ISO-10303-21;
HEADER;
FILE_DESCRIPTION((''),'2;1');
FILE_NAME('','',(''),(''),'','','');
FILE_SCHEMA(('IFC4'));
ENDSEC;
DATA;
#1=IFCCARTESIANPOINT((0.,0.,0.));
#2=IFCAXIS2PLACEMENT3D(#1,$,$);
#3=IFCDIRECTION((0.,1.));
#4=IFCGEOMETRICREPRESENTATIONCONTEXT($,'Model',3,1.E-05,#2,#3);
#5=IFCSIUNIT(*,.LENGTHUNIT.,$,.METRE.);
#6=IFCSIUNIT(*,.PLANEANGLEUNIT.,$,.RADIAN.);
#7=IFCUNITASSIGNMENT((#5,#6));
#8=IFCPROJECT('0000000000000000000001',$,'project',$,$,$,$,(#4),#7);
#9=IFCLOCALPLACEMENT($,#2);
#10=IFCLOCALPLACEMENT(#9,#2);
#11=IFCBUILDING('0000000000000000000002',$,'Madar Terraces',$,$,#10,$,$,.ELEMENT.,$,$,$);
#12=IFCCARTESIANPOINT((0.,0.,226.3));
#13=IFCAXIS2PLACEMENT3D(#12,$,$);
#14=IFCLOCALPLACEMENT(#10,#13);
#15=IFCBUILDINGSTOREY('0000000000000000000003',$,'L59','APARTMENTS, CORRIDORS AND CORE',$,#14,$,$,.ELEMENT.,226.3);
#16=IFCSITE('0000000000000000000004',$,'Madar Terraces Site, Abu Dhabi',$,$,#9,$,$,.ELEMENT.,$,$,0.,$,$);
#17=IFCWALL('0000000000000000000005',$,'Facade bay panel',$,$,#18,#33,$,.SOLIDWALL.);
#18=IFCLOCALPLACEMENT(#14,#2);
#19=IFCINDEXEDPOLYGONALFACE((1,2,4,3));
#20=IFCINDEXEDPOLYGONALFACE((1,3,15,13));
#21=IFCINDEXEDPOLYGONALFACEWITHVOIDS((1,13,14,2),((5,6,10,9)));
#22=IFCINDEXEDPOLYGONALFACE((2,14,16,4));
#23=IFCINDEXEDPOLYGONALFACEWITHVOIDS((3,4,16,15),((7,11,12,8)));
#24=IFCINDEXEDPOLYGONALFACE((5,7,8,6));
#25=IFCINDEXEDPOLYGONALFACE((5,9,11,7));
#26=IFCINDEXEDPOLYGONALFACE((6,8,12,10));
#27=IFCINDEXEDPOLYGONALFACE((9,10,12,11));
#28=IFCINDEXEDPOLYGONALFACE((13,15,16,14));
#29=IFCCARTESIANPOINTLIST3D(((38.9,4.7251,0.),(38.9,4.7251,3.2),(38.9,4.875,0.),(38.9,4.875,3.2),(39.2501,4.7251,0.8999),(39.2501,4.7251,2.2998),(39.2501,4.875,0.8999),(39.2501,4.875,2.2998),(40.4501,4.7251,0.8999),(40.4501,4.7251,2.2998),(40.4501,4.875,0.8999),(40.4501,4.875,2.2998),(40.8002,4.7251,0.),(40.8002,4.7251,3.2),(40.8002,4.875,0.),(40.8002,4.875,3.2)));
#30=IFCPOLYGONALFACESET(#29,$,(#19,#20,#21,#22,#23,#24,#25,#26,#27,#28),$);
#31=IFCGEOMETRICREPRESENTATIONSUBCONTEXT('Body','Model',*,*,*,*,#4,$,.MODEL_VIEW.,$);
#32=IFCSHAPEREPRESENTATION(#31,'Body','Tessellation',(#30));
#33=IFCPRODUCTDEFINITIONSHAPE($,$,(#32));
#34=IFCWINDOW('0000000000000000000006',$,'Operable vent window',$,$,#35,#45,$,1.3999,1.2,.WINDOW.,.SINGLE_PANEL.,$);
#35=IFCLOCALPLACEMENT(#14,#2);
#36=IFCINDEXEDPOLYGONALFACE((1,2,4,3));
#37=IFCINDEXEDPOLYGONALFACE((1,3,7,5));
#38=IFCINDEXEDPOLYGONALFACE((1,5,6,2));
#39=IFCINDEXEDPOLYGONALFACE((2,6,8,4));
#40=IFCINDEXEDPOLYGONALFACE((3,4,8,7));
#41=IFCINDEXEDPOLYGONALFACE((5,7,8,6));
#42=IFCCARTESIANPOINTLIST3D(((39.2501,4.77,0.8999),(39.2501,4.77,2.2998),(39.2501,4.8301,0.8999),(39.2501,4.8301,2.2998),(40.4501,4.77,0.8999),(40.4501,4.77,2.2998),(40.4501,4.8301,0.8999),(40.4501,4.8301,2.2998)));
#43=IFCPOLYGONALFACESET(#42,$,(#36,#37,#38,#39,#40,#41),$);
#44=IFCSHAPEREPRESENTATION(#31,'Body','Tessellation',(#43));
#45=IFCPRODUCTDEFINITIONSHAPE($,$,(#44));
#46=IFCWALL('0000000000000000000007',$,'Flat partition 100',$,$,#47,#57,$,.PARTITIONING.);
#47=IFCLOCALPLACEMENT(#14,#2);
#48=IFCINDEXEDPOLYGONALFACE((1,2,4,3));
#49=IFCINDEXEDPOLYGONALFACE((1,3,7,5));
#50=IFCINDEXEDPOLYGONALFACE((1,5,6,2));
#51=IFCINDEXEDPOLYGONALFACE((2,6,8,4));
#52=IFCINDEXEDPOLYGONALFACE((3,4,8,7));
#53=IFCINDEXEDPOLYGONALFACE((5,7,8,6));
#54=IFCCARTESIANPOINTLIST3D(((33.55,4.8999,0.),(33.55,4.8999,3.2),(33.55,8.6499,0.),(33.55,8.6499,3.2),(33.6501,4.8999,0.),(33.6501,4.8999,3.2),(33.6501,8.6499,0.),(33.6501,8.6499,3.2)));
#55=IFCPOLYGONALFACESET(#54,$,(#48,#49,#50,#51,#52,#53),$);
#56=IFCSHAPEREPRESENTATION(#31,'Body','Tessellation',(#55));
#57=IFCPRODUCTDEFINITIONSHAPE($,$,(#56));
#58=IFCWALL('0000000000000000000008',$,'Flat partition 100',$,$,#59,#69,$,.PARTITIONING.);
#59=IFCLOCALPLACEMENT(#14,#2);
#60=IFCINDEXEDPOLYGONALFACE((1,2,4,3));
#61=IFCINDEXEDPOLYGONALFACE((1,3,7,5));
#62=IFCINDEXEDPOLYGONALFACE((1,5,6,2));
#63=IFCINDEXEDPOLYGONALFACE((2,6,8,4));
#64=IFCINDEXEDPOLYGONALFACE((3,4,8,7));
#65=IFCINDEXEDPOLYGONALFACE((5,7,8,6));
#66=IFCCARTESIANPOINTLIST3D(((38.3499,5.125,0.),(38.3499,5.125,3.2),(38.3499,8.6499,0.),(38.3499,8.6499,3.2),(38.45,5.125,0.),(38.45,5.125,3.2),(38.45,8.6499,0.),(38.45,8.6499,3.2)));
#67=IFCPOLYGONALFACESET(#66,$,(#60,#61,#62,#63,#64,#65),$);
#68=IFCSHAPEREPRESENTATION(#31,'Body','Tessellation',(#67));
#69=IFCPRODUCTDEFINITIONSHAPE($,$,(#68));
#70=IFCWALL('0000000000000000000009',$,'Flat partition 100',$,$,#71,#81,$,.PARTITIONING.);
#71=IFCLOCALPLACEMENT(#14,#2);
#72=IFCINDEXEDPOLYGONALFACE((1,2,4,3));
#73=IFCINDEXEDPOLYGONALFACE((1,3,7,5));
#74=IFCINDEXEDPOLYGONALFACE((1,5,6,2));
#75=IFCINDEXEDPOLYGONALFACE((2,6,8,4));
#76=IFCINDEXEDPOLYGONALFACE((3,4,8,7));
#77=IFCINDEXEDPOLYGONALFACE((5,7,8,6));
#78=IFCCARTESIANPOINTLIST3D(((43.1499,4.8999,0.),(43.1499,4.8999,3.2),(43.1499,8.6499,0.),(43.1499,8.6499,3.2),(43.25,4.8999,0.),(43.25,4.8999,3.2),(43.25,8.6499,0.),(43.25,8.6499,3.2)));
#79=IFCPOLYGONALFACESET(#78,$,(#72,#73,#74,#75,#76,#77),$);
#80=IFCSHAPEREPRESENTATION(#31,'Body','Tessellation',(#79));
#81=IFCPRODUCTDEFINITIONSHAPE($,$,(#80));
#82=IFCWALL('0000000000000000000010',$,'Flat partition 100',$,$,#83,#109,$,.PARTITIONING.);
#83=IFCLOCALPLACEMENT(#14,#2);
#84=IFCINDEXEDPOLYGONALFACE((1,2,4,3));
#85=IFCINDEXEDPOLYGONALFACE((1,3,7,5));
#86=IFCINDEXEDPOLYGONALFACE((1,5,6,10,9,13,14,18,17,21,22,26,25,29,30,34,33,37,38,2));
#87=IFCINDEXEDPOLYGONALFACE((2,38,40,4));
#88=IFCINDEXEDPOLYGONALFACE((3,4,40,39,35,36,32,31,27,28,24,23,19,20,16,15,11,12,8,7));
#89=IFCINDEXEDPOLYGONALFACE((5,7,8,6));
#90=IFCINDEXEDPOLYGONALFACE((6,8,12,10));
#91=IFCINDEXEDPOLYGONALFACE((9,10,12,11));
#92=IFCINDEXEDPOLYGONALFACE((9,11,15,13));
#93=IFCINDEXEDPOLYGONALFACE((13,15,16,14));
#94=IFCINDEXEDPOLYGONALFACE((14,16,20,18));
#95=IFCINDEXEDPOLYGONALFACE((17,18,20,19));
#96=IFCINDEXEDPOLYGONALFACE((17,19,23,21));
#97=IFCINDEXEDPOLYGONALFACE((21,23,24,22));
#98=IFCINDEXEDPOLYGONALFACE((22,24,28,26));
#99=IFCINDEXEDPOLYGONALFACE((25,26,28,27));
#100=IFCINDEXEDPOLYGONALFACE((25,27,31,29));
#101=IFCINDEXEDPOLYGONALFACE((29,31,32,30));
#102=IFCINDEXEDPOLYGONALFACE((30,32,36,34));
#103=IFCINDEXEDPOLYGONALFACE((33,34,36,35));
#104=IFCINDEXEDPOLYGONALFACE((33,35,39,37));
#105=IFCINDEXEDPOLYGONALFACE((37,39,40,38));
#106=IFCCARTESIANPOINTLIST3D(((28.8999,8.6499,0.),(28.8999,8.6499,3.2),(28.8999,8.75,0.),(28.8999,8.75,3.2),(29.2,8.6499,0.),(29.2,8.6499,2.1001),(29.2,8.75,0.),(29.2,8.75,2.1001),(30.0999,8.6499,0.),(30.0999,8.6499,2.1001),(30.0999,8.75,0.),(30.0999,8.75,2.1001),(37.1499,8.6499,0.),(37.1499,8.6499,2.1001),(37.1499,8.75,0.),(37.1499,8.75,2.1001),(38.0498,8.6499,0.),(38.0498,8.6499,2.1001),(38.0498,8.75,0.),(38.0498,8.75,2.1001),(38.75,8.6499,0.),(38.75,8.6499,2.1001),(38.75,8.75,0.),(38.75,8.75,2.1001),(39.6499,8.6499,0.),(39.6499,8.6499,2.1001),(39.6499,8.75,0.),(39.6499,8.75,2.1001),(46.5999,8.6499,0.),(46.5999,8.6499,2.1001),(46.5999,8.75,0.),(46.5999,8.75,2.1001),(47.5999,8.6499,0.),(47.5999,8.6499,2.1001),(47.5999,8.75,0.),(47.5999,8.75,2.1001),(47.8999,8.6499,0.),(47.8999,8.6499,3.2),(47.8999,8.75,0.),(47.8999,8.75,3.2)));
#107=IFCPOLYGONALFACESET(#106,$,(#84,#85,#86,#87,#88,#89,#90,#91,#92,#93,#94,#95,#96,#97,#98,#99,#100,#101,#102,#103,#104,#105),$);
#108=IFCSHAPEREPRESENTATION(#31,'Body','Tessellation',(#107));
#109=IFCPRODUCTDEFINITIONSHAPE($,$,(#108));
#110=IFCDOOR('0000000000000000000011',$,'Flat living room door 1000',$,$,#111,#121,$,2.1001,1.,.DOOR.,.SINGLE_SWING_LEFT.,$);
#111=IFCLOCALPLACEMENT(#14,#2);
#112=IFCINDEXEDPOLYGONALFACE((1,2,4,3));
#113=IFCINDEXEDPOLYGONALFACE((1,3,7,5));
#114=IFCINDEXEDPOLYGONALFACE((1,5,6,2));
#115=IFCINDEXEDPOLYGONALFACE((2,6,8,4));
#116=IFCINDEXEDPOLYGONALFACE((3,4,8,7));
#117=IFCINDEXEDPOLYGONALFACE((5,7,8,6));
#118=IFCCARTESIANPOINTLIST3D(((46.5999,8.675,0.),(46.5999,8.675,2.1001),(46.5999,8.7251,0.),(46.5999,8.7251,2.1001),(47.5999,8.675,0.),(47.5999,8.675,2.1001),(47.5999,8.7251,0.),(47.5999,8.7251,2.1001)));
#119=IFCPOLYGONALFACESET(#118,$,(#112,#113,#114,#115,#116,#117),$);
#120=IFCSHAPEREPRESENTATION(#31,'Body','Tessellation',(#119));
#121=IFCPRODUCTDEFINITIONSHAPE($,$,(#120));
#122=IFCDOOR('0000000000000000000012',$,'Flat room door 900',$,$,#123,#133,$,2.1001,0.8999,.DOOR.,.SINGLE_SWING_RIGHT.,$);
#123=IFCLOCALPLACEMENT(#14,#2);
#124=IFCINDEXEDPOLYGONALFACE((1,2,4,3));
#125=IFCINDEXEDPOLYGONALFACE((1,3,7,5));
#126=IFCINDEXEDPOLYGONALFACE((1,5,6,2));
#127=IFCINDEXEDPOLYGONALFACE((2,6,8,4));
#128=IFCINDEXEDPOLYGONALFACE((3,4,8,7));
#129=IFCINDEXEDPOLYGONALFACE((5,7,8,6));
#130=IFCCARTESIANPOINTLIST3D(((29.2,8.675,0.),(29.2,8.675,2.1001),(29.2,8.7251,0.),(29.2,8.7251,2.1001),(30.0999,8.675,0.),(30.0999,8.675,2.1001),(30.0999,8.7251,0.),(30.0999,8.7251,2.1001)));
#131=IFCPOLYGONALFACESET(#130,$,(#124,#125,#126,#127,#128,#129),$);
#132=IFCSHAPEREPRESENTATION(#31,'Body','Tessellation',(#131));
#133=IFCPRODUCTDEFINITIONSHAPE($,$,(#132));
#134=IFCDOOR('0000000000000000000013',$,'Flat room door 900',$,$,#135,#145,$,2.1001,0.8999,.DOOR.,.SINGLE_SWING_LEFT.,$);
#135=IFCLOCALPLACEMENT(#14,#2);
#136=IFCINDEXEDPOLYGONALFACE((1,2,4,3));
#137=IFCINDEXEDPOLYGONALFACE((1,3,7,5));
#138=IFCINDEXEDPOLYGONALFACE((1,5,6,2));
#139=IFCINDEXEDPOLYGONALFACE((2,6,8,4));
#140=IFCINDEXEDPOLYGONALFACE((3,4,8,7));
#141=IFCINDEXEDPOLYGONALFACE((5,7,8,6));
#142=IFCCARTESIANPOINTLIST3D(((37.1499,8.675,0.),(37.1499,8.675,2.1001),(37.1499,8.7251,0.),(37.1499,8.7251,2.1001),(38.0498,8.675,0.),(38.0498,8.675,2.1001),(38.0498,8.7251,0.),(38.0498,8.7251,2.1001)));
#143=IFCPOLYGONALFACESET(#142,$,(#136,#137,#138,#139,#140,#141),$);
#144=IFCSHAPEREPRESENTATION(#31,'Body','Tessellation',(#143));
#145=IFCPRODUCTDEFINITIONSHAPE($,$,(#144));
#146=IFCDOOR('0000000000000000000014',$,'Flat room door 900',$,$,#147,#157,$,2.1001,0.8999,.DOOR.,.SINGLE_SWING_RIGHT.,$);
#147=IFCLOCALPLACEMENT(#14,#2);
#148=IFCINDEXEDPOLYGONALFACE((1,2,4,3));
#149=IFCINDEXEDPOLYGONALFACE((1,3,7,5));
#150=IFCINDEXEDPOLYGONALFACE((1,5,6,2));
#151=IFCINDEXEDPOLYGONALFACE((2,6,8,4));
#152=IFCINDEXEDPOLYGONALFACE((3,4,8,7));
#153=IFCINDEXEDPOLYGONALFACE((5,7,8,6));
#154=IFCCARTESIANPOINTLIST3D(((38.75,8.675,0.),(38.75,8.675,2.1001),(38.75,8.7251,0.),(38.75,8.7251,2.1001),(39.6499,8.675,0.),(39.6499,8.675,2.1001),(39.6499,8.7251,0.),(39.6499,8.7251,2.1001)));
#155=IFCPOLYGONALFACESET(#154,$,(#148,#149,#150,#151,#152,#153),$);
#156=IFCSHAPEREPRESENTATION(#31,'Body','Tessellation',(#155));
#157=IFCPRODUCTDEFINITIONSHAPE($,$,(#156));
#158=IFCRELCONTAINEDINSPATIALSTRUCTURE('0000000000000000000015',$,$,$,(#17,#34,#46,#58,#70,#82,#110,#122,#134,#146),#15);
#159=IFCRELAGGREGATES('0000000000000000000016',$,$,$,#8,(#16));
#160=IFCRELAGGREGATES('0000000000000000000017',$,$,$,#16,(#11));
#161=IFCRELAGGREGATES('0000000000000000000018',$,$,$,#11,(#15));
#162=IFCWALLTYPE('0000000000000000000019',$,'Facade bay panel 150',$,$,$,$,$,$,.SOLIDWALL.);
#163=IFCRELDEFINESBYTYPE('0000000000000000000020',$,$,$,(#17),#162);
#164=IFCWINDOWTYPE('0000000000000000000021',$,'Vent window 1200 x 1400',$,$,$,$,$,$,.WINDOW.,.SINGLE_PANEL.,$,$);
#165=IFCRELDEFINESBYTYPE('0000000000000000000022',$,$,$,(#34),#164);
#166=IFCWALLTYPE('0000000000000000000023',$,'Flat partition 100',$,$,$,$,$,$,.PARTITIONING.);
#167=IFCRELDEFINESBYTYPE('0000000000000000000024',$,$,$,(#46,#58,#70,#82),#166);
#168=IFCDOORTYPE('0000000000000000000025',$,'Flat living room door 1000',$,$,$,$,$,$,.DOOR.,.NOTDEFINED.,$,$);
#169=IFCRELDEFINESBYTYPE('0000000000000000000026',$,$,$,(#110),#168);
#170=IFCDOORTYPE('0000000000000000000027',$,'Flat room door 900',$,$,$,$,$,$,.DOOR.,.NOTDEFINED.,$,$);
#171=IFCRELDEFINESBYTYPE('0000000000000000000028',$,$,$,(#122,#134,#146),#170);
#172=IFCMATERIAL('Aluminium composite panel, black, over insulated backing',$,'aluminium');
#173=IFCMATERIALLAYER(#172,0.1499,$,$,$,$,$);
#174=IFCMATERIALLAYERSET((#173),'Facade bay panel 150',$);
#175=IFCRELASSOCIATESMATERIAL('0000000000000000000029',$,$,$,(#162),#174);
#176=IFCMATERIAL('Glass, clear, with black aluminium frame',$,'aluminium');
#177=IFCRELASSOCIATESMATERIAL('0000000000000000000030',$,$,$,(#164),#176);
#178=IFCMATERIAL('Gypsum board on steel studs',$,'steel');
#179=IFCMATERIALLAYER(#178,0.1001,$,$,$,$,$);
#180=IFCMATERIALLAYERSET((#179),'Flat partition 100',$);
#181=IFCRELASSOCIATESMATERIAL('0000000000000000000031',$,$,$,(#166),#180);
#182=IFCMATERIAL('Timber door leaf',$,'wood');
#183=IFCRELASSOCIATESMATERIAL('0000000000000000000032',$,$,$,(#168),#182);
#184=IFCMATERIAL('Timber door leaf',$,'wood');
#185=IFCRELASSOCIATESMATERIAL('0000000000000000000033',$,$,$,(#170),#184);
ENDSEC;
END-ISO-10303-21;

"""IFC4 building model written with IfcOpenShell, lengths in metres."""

from ifc_helpers import new_model, si_unit, direction, frame, frame_2d, origin, place, context, subcontext, project, spatial, rectangle, extrude, material, layer, layer_set, type_object, element, fill, save


model = new_model("IFC4")

# Units and contexts
model_context = context("Model", 3, precision=1e-05, world=origin(), true_north=direction((0.0, 1.0)))
body_context = subcontext(model_context, "Body", "Model", "MODEL_VIEW")
ifc_project = project(units=[si_unit("LENGTHUNIT", "METRE"), si_unit("PLANEANGLEUNIT", "RADIAN")], contexts=[model_context])

# Site, building, storey
site_placement = place(None, origin())
site = spatial("IfcSite", under=ifc_project, at=site_placement, Name="Madar Terraces Site, Abu Dhabi", CompositionType="ELEMENT", RefElevation=0.0)
building_placement = place(site_placement, origin())
building = spatial("IfcBuilding", under=site, at=building_placement, Name="Madar Terraces", CompositionType="ELEMENT")
storey_placement = place(building_placement, frame((0.0, 0.0, 226.3)))
storey = spatial("IfcBuildingStorey", under=building, at=storey_placement, Name="L59", Description="APARTMENTS, CORRIDORS AND CORE", CompositionType="ELEMENT", Elevation=226.3)

# Wall, opening, window
ifc_material_1 = material(Name="Aluminium composite panel, black, over insulated backing", Category="aluminium")
ifc_layer_1 = layer(ifc_material_1, 0.1499)
ifc_layer_set_1 = layer_set([ifc_layer_1], Name="Facade bay panel 150")
wall_type_1 = type_object("IfcWallType", Name="Facade bay panel 150", PredefinedType="SOLIDWALL", material=ifc_layer_set_1)
ifc_material_2 = material(Name="Glass, clear, with black aluminium frame", Category="aluminium")
window_type = type_object("IfcWindowType", Name="Vent window 1200 x 1400", PartitioningType="SINGLE_PANEL", PredefinedType="WINDOW", material=ifc_material_2)
wall_1_placement = place(storey_placement, frame((38.8999, 4.8, 0.0), z_axis=(0.0, 0.0, 1.0), x_axis=(1.0, 0.0, 0.0)))
wall_1 = element("IfcWall", 1, at=wall_1_placement, inside=storey, type_object=wall_type_1, Name="Facade bay panel", PredefinedType="SOLIDWALL", context=body_context, shape_type="SweptSolid", body=[
    extrude(rectangle(XDim=1.9001, YDim=0.1499, at=frame_2d((0.9502, 0.0))), origin(), (0.0, 0.0, 1.0), 3.2),
])
opening_1_placement = place(wall_1_placement, frame((0.3501, 0.0, 0.8999)))
opening_1 = element("IfcOpeningElement", 2, at=opening_1_placement, cuts=wall_1, PredefinedType="OPENING", context=body_context, shape_type="SweptSolid", body=[
    extrude(rectangle(XDim=1.2, YDim=1.3999, at=frame_2d((0.6001, 0.7))), frame((0.0, 0.085, 0.0), z_axis=(0.0, -1.0, 0.0), x_axis=(1.0, 0.0, 0.0)), (0.0, 0.0, 1.0), 0.1699),
])
window_1_placement = place(opening_1_placement, origin())
window_1 = element("IfcWindow", 3, at=window_1_placement, inside=storey, type_object=window_type, Name="Operable vent window", OverallHeight=1.3999, OverallWidth=1.2, PartitioningType="SINGLE_PANEL", PredefinedType="WINDOW", context=body_context, shape_type="SweptSolid", body=[
    extrude(rectangle(XDim=1.2, YDim=1.3999, at=frame_2d((0.6001, 0.7))), frame((0.0, 0.03, 0.0), z_axis=(0.0, -1.0, 0.0), x_axis=(1.0, 0.0, 0.0)), (0.0, 0.0, 1.0), 0.0601),
])
fill(opening_1, window_1)

# Walls
ifc_material_3 = material(Name="Gypsum board on steel studs", Category="steel")
ifc_layer_2 = layer(ifc_material_3, 0.1001)
ifc_layer_set_2 = layer_set([ifc_layer_2], Name="Flat partition 100")
wall_type_2 = type_object("IfcWallType", Name="Flat partition 100", PredefinedType="PARTITIONING", material=ifc_layer_set_2)
wall_2_placement = place(storey_placement, frame((33.6001, 8.6499, 0.0), z_axis=(0.0, 0.0, 1.0), x_axis=(0.0, -1.0, 0.0)))
element("IfcWall", 4, at=wall_2_placement, inside=storey, type_object=wall_type_2, Name="Flat partition 100", PredefinedType="PARTITIONING", context=body_context, shape_type="SweptSolid", body=[
    extrude(rectangle(XDim=3.75, YDim=0.1001, at=frame_2d((1.875, 0.0))), origin(), (0.0, 0.0, 1.0), 3.2),
])
wall_3_placement = place(storey_placement, frame((38.3999, 8.6499, 0.0), z_axis=(0.0, 0.0, 1.0), x_axis=(0.0, -1.0, 0.0)))
element("IfcWall", 5, at=wall_3_placement, inside=storey, type_object=wall_type_2, Name="Flat partition 100", PredefinedType="PARTITIONING", context=body_context, shape_type="SweptSolid", body=[
    extrude(rectangle(XDim=3.5249, YDim=0.1001, at=frame_2d((1.7625, 0.0))), origin(), (0.0, 0.0, 1.0), 3.2),
])
wall_4_placement = place(storey_placement, frame((43.2, 8.6499, 0.0), z_axis=(0.0, 0.0, 1.0), x_axis=(0.0, -1.0, 0.0)))
element("IfcWall", 6, at=wall_4_placement, inside=storey, type_object=wall_type_2, Name="Flat partition 100", PredefinedType="PARTITIONING", context=body_context, shape_type="SweptSolid", body=[
    extrude(rectangle(XDim=3.75, YDim=0.1001, at=frame_2d((1.875, 0.0))), origin(), (0.0, 0.0, 1.0), 3.2),
])

# Wall, openings, doors
wall_5_placement = place(storey_placement, frame((47.8999, 8.7, 0.0), z_axis=(0.0, 0.0, 1.0), x_axis=(-1.0, 0.0, 0.0)))
wall_5 = element("IfcWall", 7, at=wall_5_placement, inside=storey, type_object=wall_type_2, Name="Flat partition 100", PredefinedType="PARTITIONING", context=body_context, shape_type="SweptSolid", body=[
    extrude(rectangle(XDim=19.0, YDim=0.1001, at=frame_2d((9.5, 0.0))), origin(), (0.0, 0.0, 1.0), 3.2),
])
opening_2_placement = place(wall_5_placement, frame((17.8, 0.0, 0.0)))
opening_2 = element("IfcOpeningElement", 8, at=opening_2_placement, cuts=wall_5, PredefinedType="OPENING", context=body_context, shape_type="SweptSolid", body=[
    extrude(rectangle(XDim=0.8999, YDim=2.1001, at=frame_2d((0.45, 1.05))), frame((0.0, 0.0601, 0.0), z_axis=(0.0, -1.0, 0.0), x_axis=(1.0, 0.0, 0.0)), (0.0, 0.0, 1.0), 0.1201),
])
opening_3_placement = place(wall_5_placement, frame((9.8501, 0.0, 0.0)))
opening_3 = element("IfcOpeningElement", 9, at=opening_3_placement, cuts=wall_5, PredefinedType="OPENING", context=body_context, shape_type="SweptSolid", body=[
    extrude(rectangle(XDim=0.8999, YDim=2.1001, at=frame_2d((0.45, 1.05))), frame((0.0, 0.0601, 0.0), z_axis=(0.0, -1.0, 0.0), x_axis=(1.0, 0.0, 0.0)), (0.0, 0.0, 1.0), 0.1201),
])
opening_4_placement = place(wall_5_placement, frame((8.25, 0.0, 0.0)))
opening_4 = element("IfcOpeningElement", 10, at=opening_4_placement, cuts=wall_5, PredefinedType="OPENING", context=body_context, shape_type="SweptSolid", body=[
    extrude(rectangle(XDim=0.8999, YDim=2.1001, at=frame_2d((0.45, 1.05))), frame((0.0, 0.0601, 0.0), z_axis=(0.0, -1.0, 0.0), x_axis=(1.0, 0.0, 0.0)), (0.0, 0.0, 1.0), 0.1201),
])
opening_5_placement = place(wall_5_placement, frame((0.3, 0.0, 0.0)))
opening_5 = element("IfcOpeningElement", 11, at=opening_5_placement, cuts=wall_5, PredefinedType="OPENING", context=body_context, shape_type="SweptSolid", body=[
    extrude(rectangle(XDim=1.0, YDim=2.1001, at=frame_2d((0.5, 1.05))), frame((0.0, 0.0601, 0.0), z_axis=(0.0, -1.0, 0.0), x_axis=(1.0, 0.0, 0.0)), (0.0, 0.0, 1.0), 0.1201),
])
ifc_material_4 = material(Name="Timber door leaf", Category="wood")
door_type_1 = type_object("IfcDoorType", Name="Flat living room door 1000", OperationType="NOTDEFINED", PredefinedType="DOOR", material=ifc_material_4)
door_1_placement = place(opening_5_placement, origin())
door_1 = element("IfcDoor", 12, at=door_1_placement, inside=storey, type_object=door_type_1, Name="Flat living room door 1000", OperationType="SINGLE_SWING_LEFT", OverallHeight=2.1001, OverallWidth=1.0, PredefinedType="DOOR", context=body_context, shape_type="SweptSolid", body=[
    extrude(rectangle(XDim=1.0, YDim=2.1001, at=frame_2d((0.5, 1.05))), frame((0.0, 0.0249, 0.0), z_axis=(0.0, -1.0, 0.0), x_axis=(1.0, 0.0, 0.0)), (0.0, 0.0, 1.0), 0.05),
])
fill(opening_5, door_1)
ifc_material_5 = material(Name="Timber door leaf", Category="wood")
door_type_2 = type_object("IfcDoorType", Name="Flat room door 900", OperationType="NOTDEFINED", PredefinedType="DOOR", material=ifc_material_5)
door_2_placement = place(opening_2_placement, origin())
door_2 = element("IfcDoor", 13, at=door_2_placement, inside=storey, type_object=door_type_2, Name="Flat room door 900", OperationType="SINGLE_SWING_RIGHT", OverallHeight=2.1001, OverallWidth=0.8999, PredefinedType="DOOR", context=body_context, shape_type="SweptSolid", body=[
    extrude(rectangle(XDim=0.8999, YDim=2.1001, at=frame_2d((0.45, 1.05))), frame((0.0, 0.0249, 0.0), z_axis=(0.0, -1.0, 0.0), x_axis=(1.0, 0.0, 0.0)), (0.0, 0.0, 1.0), 0.05),
])
fill(opening_2, door_2)
door_3_placement = place(opening_3_placement, origin())
door_3 = element("IfcDoor", 14, at=door_3_placement, inside=storey, type_object=door_type_2, Name="Flat room door 900", OperationType="SINGLE_SWING_LEFT", OverallHeight=2.1001, OverallWidth=0.8999, PredefinedType="DOOR", context=body_context, shape_type="SweptSolid", body=[
    extrude(rectangle(XDim=0.8999, YDim=2.1001, at=frame_2d((0.45, 1.05))), frame((0.0, 0.0249, 0.0), z_axis=(0.0, -1.0, 0.0), x_axis=(1.0, 0.0, 0.0)), (0.0, 0.0, 1.0), 0.05),
])
fill(opening_3, door_3)
door_4_placement = place(opening_4_placement, origin())
door_4 = element("IfcDoor", 15, at=door_4_placement, inside=storey, type_object=door_type_2, Name="Flat room door 900", OperationType="SINGLE_SWING_RIGHT", OverallHeight=2.1001, OverallWidth=0.8999, PredefinedType="DOOR", context=body_context, shape_type="SweptSolid", body=[
    extrude(rectangle(XDim=0.8999, YDim=2.1001, at=frame_2d((0.45, 1.05))), frame((0.0, 0.0249, 0.0), z_axis=(0.0, -1.0, 0.0), x_axis=(1.0, 0.0, 0.0)), (0.0, 0.0, 1.0), 0.05),
])
fill(opening_4, door_4)

save(model, "model.ifc")
